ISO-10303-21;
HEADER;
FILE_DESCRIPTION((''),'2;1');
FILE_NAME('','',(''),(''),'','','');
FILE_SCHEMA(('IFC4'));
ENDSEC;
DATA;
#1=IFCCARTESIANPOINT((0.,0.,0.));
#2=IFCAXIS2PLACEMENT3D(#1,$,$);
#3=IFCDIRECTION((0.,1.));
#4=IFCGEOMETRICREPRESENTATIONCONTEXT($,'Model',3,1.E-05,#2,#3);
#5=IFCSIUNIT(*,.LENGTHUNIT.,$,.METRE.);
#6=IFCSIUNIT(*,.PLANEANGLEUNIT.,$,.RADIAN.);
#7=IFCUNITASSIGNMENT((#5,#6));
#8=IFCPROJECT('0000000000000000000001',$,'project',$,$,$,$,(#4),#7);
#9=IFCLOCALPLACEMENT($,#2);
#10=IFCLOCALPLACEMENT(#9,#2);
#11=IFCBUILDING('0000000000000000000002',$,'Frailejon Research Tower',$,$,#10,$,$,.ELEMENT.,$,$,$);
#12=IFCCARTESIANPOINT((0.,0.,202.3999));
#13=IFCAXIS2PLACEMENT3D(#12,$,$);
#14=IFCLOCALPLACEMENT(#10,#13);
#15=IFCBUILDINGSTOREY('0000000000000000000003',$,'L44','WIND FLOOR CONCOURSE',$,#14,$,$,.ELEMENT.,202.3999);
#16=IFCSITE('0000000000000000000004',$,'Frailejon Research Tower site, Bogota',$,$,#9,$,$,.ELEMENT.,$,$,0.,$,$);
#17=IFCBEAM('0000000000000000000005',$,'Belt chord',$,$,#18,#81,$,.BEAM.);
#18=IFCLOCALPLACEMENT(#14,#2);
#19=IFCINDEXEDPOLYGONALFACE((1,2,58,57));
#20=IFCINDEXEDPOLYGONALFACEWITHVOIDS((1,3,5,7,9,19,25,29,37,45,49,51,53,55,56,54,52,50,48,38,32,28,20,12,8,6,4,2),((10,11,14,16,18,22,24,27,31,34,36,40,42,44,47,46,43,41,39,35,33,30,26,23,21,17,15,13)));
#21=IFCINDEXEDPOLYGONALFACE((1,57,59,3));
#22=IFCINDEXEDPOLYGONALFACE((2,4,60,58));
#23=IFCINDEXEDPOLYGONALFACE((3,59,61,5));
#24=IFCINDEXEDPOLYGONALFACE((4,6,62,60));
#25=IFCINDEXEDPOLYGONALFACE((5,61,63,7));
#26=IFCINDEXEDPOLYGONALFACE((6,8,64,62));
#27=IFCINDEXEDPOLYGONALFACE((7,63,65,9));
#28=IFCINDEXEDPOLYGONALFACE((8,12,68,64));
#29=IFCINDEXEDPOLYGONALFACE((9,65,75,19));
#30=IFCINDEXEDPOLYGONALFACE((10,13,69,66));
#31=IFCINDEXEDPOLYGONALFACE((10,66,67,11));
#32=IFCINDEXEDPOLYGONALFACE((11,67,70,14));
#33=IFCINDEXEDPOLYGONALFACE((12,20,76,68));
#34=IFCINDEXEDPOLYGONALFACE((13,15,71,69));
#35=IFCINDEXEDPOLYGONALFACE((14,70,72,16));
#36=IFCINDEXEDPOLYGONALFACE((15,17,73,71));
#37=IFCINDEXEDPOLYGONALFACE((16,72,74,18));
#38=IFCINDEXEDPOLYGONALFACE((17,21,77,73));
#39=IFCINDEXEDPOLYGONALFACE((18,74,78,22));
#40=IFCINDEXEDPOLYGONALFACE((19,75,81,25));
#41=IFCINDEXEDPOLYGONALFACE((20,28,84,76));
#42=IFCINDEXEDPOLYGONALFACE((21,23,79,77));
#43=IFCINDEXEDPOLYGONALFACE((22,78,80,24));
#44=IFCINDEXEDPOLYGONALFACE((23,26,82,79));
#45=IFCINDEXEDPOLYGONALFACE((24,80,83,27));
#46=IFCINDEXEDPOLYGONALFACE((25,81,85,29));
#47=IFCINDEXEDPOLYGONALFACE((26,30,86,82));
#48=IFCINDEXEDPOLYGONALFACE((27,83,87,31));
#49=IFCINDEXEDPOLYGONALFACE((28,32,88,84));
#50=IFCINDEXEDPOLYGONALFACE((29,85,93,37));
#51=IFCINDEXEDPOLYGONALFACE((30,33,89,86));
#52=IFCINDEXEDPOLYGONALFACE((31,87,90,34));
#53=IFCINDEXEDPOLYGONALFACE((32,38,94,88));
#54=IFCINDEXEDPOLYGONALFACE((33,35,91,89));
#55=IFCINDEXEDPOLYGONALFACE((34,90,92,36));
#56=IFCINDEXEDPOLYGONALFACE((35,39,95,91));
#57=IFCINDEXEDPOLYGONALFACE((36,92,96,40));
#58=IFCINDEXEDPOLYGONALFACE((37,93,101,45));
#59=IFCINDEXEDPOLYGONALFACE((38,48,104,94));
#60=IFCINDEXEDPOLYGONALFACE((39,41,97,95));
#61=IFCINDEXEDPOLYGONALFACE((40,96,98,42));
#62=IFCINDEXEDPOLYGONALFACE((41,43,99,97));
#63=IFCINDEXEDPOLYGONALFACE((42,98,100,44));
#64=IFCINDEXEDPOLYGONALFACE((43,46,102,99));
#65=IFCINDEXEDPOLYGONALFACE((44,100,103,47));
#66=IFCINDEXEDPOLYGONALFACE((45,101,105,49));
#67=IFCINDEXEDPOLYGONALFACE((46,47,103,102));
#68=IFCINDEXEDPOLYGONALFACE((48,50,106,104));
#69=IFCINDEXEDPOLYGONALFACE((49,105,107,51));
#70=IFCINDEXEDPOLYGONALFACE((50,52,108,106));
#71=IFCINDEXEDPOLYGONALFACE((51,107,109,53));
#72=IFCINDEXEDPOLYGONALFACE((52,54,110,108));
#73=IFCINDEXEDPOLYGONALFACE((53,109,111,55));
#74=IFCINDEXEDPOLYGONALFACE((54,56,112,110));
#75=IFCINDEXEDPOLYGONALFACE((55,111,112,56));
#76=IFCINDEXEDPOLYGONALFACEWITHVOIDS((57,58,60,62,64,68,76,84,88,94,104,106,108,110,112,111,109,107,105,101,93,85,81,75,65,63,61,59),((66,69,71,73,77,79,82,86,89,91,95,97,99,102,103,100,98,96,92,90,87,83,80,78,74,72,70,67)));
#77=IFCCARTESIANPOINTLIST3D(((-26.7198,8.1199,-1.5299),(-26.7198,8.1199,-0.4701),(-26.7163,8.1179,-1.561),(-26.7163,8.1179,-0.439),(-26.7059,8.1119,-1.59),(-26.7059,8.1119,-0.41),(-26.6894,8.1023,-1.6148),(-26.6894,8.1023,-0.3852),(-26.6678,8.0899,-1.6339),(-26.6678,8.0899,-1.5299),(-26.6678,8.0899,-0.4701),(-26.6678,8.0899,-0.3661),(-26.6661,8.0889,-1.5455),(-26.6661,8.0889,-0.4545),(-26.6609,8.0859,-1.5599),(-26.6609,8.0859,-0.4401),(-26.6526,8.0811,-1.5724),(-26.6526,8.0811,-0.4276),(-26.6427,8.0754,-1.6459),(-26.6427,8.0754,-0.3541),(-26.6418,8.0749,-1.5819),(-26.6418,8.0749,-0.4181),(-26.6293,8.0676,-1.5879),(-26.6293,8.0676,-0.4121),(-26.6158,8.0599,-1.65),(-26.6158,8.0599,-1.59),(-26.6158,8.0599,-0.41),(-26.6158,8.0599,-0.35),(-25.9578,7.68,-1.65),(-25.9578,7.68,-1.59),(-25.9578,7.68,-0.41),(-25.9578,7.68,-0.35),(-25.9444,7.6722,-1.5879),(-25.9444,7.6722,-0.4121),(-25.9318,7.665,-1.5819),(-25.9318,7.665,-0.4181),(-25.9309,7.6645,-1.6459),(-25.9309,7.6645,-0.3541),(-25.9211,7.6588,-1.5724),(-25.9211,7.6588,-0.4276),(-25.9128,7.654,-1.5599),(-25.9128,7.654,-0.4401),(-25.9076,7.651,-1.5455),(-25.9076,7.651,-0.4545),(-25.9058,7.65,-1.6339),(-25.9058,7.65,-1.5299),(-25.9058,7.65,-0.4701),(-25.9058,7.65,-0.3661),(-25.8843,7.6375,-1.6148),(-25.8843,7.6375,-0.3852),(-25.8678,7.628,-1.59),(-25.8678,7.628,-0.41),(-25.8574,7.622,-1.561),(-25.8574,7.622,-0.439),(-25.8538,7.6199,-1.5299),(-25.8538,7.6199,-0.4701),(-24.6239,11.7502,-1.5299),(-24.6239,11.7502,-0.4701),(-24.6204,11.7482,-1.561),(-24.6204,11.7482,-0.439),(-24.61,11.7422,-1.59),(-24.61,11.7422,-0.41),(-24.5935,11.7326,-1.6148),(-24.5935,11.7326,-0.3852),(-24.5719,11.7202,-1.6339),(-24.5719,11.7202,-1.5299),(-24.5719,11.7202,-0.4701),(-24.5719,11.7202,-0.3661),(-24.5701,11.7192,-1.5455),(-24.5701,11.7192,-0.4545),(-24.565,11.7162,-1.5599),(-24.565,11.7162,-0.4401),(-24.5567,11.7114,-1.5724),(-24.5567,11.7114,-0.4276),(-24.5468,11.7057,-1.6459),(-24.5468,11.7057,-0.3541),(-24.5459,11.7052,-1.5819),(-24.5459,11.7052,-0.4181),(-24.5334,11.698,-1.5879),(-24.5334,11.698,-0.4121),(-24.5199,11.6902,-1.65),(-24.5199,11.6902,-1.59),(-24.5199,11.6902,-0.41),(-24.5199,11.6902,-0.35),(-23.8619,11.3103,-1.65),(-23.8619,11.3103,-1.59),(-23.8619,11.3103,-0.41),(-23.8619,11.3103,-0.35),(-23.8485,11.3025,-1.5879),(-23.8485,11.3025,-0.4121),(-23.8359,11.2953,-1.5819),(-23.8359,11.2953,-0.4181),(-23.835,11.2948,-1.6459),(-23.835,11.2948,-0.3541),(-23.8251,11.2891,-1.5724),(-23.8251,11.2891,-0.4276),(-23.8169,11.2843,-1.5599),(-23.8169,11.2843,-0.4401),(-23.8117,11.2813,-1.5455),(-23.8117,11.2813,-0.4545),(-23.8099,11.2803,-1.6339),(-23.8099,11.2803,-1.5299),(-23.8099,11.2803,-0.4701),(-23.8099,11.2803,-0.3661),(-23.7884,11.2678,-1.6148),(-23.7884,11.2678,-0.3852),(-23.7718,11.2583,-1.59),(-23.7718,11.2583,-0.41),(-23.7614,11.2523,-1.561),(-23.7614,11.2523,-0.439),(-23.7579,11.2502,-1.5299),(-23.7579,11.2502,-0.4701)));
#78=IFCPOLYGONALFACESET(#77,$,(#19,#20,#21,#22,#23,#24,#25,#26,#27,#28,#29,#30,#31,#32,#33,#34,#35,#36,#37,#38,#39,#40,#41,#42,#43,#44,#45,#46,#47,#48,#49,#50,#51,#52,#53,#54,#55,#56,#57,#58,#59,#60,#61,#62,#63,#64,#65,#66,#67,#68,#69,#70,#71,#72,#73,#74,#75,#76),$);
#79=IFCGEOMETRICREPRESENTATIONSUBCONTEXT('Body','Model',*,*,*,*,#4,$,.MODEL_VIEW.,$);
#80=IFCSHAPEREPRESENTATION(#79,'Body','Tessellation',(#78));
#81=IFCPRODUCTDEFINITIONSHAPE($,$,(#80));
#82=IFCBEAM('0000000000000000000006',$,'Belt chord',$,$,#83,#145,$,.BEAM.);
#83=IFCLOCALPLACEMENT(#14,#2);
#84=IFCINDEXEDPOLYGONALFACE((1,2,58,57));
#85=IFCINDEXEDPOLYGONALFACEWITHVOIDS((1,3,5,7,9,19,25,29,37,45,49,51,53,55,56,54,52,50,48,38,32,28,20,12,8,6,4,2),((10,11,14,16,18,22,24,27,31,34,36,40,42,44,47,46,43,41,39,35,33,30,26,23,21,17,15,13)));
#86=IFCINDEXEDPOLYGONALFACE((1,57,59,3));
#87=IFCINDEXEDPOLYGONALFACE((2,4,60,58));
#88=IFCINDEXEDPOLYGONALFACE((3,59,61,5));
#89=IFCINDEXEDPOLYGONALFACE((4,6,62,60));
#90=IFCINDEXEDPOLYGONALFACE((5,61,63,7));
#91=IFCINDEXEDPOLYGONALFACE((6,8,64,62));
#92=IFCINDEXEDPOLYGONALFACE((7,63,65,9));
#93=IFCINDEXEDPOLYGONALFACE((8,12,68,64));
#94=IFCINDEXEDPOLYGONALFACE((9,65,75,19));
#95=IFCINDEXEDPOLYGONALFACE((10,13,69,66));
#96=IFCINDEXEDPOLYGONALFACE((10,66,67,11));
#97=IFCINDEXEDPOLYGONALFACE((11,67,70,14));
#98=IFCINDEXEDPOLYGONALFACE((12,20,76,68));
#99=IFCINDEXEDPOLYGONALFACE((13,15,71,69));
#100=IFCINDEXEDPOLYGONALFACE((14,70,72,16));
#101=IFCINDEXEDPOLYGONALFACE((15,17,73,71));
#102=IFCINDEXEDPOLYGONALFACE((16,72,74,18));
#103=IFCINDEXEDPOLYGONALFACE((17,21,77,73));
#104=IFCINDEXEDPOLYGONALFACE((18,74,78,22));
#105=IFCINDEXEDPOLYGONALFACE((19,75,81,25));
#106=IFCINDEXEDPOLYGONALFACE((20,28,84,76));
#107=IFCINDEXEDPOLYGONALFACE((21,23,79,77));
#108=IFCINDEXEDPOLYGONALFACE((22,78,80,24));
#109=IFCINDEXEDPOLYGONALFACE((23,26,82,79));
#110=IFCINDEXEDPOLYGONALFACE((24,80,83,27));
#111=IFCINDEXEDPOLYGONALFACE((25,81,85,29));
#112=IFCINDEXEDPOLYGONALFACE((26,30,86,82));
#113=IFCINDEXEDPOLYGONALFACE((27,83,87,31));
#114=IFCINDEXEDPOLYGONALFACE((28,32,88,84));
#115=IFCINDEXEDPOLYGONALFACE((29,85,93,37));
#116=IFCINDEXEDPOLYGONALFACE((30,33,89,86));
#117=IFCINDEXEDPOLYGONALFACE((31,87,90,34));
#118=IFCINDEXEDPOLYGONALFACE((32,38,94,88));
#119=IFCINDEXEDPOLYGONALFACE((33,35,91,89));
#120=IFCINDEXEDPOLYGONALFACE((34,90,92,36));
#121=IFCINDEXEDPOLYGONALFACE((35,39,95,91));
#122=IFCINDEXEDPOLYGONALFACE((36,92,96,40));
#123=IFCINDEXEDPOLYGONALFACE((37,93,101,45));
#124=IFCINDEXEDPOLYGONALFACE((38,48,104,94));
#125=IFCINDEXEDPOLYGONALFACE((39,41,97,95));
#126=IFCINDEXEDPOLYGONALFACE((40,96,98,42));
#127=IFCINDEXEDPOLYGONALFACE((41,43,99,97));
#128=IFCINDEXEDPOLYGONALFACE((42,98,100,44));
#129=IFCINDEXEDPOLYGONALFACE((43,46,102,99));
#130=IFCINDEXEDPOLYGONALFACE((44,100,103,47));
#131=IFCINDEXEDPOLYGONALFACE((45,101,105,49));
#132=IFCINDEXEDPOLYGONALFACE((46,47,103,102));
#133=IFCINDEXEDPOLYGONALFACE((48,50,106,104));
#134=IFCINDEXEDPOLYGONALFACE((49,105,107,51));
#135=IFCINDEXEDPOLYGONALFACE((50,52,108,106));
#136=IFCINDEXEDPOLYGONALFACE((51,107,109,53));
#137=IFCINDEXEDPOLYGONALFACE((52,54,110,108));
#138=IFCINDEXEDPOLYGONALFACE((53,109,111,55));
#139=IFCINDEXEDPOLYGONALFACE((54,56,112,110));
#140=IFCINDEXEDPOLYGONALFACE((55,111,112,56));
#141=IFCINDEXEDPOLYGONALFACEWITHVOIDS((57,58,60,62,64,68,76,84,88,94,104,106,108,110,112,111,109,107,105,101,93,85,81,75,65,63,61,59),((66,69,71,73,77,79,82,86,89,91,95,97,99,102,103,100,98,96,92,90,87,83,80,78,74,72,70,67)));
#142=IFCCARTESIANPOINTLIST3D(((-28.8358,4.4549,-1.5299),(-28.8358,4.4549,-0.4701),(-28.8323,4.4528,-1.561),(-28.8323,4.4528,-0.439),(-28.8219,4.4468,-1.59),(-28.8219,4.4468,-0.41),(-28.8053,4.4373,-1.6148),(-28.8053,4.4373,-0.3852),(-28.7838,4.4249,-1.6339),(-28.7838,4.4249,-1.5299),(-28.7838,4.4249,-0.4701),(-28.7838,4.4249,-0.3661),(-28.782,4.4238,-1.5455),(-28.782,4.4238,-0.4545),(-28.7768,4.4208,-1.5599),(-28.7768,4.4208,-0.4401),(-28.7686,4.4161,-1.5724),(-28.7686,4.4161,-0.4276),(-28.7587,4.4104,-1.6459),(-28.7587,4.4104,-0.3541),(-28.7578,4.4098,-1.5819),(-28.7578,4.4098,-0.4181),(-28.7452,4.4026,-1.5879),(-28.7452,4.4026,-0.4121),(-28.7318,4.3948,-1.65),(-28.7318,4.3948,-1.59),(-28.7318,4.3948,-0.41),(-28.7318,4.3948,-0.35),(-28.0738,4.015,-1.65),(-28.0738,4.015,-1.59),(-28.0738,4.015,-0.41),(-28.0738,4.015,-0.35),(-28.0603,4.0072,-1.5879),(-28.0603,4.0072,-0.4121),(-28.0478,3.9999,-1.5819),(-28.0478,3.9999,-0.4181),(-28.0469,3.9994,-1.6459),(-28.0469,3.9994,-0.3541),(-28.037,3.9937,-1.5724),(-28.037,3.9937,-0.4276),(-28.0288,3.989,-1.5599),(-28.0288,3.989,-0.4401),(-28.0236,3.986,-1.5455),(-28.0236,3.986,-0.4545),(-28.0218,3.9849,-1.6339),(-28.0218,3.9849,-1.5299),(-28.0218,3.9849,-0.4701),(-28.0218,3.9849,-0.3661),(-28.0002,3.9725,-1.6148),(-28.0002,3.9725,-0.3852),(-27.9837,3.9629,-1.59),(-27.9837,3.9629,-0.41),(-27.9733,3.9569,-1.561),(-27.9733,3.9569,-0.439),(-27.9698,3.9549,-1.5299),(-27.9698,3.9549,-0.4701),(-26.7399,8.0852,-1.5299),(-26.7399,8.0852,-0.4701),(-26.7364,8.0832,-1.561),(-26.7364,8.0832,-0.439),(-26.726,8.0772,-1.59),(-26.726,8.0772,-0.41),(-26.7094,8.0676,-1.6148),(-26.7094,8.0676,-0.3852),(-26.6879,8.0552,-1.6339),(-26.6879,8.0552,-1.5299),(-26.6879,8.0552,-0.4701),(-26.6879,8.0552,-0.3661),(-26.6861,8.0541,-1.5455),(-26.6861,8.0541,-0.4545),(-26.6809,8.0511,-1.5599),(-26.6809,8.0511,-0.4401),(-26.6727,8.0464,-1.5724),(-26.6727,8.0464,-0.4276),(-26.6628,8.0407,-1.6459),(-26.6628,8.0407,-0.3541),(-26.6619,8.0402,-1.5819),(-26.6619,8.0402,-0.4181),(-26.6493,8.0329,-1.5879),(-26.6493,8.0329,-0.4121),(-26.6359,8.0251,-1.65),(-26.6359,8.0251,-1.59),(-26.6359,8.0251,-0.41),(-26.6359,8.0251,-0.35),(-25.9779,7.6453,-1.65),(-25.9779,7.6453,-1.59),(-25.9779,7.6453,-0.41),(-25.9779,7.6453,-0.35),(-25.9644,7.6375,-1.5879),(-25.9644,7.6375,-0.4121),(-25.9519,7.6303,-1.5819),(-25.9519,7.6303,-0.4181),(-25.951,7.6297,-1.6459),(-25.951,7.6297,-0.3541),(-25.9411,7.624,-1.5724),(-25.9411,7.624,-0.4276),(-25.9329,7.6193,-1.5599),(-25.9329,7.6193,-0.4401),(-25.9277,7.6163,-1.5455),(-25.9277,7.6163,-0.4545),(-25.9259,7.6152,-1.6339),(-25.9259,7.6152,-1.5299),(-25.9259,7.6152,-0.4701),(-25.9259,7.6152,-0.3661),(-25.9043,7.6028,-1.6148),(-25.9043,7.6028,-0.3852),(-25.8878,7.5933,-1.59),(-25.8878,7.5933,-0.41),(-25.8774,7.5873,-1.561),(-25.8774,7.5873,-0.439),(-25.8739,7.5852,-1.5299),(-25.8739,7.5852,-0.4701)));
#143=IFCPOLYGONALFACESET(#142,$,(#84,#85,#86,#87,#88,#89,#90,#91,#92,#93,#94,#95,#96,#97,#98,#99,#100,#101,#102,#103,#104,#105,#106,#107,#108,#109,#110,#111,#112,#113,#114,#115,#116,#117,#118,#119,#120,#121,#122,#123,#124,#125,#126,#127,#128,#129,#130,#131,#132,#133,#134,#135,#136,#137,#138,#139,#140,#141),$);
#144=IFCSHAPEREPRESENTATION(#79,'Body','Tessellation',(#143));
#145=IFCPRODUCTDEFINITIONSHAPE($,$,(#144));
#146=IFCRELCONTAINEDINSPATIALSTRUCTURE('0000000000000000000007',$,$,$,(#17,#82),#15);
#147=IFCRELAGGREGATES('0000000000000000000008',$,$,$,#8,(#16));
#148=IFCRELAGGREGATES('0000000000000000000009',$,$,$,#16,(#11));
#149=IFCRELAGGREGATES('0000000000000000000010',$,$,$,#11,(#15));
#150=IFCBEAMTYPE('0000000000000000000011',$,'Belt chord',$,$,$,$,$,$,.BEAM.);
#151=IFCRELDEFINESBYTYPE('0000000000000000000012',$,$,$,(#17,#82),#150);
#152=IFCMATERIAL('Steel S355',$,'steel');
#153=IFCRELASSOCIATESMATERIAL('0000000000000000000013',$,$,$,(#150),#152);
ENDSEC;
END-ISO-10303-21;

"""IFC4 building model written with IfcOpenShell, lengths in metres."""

from ifc_helpers import new_model, si_unit, direction, frame, origin, origin_2d, place, context, subcontext, project, spatial, hollow_rectangle, extrude, material, material_profile, profile_set, type_object, element, save


model = new_model("IFC4")

# Units and contexts
model_context = context("Model", 3, precision=1e-05, world=origin(), true_north=direction((0.0, 1.0)))
body_context = subcontext(model_context, "Body", "Model", "MODEL_VIEW")
ifc_project = project(units=[si_unit("LENGTHUNIT", "METRE"), si_unit("PLANEANGLEUNIT", "RADIAN")], contexts=[model_context])

# Site, building, storey
site_placement = place(None, origin())
site = spatial("IfcSite", under=ifc_project, at=site_placement, Name="Frailejon Research Tower site, Bogota", CompositionType="ELEMENT", RefElevation=0.0)
building_placement = place(site_placement, origin())
building = spatial("IfcBuilding", under=site, at=building_placement, Name="Frailejon Research Tower", CompositionType="ELEMENT")
storey_placement = place(building_placement, frame((0.0, 0.0, 202.3999)))
storey = spatial("IfcBuildingStorey", under=building, at=storey_placement, Name="L44", Description="WIND FLOOR CONCOURSE", CompositionType="ELEMENT", Elevation=202.3999)

# Beams
ifc_material_1 = material(Name="Steel S355", Category="steel")
ifc_material_profile_1 = material_profile(ifc_material_1, hollow_rectangle(XDim=1.0, YDim=1.3, WallThickness=0.0601, InnerFilletRadius=0.0601, OuterFilletRadius=0.1201, at=origin_2d()), Name="Belt chord")
ifc_profile_set_1 = profile_set([ifc_material_profile_1], Name="Steel S355")
beam_type_1 = type_object("IfcBeamType", Name="Belt chord", PredefinedType="BEAM", material=ifc_profile_set_1)
for number, where, z_axis, x_axis, name in (
    (1, (-24.1909, 11.5002, -1.0), (-0.499991, -0.86603, 0.0), (0.86603, -0.499991, 0.0), "Belt chord"),
    (2, (-26.3069, 7.8352, -1.0), (-0.499991, -0.86603, 0.0), (0.86603, -0.499991, 0.0), "Belt chord"),
):
    element("IfcBeam", number, at=place(storey_placement, frame(where, z_axis=z_axis, x_axis=x_axis)), inside=storey, type_object=beam_type_1, Name=name, PredefinedType="BEAM", context=body_context, shape_type="SweptSolid", body=[
        extrude(hollow_rectangle(XDim=1.0, YDim=1.3, WallThickness=0.0601, InnerFilletRadius=0.0601, OuterFilletRadius=0.1201, at=origin_2d()), origin(), (0.0, 0.0, 1.0), 4.1919),
    ])

save(model, "model.ifc")
